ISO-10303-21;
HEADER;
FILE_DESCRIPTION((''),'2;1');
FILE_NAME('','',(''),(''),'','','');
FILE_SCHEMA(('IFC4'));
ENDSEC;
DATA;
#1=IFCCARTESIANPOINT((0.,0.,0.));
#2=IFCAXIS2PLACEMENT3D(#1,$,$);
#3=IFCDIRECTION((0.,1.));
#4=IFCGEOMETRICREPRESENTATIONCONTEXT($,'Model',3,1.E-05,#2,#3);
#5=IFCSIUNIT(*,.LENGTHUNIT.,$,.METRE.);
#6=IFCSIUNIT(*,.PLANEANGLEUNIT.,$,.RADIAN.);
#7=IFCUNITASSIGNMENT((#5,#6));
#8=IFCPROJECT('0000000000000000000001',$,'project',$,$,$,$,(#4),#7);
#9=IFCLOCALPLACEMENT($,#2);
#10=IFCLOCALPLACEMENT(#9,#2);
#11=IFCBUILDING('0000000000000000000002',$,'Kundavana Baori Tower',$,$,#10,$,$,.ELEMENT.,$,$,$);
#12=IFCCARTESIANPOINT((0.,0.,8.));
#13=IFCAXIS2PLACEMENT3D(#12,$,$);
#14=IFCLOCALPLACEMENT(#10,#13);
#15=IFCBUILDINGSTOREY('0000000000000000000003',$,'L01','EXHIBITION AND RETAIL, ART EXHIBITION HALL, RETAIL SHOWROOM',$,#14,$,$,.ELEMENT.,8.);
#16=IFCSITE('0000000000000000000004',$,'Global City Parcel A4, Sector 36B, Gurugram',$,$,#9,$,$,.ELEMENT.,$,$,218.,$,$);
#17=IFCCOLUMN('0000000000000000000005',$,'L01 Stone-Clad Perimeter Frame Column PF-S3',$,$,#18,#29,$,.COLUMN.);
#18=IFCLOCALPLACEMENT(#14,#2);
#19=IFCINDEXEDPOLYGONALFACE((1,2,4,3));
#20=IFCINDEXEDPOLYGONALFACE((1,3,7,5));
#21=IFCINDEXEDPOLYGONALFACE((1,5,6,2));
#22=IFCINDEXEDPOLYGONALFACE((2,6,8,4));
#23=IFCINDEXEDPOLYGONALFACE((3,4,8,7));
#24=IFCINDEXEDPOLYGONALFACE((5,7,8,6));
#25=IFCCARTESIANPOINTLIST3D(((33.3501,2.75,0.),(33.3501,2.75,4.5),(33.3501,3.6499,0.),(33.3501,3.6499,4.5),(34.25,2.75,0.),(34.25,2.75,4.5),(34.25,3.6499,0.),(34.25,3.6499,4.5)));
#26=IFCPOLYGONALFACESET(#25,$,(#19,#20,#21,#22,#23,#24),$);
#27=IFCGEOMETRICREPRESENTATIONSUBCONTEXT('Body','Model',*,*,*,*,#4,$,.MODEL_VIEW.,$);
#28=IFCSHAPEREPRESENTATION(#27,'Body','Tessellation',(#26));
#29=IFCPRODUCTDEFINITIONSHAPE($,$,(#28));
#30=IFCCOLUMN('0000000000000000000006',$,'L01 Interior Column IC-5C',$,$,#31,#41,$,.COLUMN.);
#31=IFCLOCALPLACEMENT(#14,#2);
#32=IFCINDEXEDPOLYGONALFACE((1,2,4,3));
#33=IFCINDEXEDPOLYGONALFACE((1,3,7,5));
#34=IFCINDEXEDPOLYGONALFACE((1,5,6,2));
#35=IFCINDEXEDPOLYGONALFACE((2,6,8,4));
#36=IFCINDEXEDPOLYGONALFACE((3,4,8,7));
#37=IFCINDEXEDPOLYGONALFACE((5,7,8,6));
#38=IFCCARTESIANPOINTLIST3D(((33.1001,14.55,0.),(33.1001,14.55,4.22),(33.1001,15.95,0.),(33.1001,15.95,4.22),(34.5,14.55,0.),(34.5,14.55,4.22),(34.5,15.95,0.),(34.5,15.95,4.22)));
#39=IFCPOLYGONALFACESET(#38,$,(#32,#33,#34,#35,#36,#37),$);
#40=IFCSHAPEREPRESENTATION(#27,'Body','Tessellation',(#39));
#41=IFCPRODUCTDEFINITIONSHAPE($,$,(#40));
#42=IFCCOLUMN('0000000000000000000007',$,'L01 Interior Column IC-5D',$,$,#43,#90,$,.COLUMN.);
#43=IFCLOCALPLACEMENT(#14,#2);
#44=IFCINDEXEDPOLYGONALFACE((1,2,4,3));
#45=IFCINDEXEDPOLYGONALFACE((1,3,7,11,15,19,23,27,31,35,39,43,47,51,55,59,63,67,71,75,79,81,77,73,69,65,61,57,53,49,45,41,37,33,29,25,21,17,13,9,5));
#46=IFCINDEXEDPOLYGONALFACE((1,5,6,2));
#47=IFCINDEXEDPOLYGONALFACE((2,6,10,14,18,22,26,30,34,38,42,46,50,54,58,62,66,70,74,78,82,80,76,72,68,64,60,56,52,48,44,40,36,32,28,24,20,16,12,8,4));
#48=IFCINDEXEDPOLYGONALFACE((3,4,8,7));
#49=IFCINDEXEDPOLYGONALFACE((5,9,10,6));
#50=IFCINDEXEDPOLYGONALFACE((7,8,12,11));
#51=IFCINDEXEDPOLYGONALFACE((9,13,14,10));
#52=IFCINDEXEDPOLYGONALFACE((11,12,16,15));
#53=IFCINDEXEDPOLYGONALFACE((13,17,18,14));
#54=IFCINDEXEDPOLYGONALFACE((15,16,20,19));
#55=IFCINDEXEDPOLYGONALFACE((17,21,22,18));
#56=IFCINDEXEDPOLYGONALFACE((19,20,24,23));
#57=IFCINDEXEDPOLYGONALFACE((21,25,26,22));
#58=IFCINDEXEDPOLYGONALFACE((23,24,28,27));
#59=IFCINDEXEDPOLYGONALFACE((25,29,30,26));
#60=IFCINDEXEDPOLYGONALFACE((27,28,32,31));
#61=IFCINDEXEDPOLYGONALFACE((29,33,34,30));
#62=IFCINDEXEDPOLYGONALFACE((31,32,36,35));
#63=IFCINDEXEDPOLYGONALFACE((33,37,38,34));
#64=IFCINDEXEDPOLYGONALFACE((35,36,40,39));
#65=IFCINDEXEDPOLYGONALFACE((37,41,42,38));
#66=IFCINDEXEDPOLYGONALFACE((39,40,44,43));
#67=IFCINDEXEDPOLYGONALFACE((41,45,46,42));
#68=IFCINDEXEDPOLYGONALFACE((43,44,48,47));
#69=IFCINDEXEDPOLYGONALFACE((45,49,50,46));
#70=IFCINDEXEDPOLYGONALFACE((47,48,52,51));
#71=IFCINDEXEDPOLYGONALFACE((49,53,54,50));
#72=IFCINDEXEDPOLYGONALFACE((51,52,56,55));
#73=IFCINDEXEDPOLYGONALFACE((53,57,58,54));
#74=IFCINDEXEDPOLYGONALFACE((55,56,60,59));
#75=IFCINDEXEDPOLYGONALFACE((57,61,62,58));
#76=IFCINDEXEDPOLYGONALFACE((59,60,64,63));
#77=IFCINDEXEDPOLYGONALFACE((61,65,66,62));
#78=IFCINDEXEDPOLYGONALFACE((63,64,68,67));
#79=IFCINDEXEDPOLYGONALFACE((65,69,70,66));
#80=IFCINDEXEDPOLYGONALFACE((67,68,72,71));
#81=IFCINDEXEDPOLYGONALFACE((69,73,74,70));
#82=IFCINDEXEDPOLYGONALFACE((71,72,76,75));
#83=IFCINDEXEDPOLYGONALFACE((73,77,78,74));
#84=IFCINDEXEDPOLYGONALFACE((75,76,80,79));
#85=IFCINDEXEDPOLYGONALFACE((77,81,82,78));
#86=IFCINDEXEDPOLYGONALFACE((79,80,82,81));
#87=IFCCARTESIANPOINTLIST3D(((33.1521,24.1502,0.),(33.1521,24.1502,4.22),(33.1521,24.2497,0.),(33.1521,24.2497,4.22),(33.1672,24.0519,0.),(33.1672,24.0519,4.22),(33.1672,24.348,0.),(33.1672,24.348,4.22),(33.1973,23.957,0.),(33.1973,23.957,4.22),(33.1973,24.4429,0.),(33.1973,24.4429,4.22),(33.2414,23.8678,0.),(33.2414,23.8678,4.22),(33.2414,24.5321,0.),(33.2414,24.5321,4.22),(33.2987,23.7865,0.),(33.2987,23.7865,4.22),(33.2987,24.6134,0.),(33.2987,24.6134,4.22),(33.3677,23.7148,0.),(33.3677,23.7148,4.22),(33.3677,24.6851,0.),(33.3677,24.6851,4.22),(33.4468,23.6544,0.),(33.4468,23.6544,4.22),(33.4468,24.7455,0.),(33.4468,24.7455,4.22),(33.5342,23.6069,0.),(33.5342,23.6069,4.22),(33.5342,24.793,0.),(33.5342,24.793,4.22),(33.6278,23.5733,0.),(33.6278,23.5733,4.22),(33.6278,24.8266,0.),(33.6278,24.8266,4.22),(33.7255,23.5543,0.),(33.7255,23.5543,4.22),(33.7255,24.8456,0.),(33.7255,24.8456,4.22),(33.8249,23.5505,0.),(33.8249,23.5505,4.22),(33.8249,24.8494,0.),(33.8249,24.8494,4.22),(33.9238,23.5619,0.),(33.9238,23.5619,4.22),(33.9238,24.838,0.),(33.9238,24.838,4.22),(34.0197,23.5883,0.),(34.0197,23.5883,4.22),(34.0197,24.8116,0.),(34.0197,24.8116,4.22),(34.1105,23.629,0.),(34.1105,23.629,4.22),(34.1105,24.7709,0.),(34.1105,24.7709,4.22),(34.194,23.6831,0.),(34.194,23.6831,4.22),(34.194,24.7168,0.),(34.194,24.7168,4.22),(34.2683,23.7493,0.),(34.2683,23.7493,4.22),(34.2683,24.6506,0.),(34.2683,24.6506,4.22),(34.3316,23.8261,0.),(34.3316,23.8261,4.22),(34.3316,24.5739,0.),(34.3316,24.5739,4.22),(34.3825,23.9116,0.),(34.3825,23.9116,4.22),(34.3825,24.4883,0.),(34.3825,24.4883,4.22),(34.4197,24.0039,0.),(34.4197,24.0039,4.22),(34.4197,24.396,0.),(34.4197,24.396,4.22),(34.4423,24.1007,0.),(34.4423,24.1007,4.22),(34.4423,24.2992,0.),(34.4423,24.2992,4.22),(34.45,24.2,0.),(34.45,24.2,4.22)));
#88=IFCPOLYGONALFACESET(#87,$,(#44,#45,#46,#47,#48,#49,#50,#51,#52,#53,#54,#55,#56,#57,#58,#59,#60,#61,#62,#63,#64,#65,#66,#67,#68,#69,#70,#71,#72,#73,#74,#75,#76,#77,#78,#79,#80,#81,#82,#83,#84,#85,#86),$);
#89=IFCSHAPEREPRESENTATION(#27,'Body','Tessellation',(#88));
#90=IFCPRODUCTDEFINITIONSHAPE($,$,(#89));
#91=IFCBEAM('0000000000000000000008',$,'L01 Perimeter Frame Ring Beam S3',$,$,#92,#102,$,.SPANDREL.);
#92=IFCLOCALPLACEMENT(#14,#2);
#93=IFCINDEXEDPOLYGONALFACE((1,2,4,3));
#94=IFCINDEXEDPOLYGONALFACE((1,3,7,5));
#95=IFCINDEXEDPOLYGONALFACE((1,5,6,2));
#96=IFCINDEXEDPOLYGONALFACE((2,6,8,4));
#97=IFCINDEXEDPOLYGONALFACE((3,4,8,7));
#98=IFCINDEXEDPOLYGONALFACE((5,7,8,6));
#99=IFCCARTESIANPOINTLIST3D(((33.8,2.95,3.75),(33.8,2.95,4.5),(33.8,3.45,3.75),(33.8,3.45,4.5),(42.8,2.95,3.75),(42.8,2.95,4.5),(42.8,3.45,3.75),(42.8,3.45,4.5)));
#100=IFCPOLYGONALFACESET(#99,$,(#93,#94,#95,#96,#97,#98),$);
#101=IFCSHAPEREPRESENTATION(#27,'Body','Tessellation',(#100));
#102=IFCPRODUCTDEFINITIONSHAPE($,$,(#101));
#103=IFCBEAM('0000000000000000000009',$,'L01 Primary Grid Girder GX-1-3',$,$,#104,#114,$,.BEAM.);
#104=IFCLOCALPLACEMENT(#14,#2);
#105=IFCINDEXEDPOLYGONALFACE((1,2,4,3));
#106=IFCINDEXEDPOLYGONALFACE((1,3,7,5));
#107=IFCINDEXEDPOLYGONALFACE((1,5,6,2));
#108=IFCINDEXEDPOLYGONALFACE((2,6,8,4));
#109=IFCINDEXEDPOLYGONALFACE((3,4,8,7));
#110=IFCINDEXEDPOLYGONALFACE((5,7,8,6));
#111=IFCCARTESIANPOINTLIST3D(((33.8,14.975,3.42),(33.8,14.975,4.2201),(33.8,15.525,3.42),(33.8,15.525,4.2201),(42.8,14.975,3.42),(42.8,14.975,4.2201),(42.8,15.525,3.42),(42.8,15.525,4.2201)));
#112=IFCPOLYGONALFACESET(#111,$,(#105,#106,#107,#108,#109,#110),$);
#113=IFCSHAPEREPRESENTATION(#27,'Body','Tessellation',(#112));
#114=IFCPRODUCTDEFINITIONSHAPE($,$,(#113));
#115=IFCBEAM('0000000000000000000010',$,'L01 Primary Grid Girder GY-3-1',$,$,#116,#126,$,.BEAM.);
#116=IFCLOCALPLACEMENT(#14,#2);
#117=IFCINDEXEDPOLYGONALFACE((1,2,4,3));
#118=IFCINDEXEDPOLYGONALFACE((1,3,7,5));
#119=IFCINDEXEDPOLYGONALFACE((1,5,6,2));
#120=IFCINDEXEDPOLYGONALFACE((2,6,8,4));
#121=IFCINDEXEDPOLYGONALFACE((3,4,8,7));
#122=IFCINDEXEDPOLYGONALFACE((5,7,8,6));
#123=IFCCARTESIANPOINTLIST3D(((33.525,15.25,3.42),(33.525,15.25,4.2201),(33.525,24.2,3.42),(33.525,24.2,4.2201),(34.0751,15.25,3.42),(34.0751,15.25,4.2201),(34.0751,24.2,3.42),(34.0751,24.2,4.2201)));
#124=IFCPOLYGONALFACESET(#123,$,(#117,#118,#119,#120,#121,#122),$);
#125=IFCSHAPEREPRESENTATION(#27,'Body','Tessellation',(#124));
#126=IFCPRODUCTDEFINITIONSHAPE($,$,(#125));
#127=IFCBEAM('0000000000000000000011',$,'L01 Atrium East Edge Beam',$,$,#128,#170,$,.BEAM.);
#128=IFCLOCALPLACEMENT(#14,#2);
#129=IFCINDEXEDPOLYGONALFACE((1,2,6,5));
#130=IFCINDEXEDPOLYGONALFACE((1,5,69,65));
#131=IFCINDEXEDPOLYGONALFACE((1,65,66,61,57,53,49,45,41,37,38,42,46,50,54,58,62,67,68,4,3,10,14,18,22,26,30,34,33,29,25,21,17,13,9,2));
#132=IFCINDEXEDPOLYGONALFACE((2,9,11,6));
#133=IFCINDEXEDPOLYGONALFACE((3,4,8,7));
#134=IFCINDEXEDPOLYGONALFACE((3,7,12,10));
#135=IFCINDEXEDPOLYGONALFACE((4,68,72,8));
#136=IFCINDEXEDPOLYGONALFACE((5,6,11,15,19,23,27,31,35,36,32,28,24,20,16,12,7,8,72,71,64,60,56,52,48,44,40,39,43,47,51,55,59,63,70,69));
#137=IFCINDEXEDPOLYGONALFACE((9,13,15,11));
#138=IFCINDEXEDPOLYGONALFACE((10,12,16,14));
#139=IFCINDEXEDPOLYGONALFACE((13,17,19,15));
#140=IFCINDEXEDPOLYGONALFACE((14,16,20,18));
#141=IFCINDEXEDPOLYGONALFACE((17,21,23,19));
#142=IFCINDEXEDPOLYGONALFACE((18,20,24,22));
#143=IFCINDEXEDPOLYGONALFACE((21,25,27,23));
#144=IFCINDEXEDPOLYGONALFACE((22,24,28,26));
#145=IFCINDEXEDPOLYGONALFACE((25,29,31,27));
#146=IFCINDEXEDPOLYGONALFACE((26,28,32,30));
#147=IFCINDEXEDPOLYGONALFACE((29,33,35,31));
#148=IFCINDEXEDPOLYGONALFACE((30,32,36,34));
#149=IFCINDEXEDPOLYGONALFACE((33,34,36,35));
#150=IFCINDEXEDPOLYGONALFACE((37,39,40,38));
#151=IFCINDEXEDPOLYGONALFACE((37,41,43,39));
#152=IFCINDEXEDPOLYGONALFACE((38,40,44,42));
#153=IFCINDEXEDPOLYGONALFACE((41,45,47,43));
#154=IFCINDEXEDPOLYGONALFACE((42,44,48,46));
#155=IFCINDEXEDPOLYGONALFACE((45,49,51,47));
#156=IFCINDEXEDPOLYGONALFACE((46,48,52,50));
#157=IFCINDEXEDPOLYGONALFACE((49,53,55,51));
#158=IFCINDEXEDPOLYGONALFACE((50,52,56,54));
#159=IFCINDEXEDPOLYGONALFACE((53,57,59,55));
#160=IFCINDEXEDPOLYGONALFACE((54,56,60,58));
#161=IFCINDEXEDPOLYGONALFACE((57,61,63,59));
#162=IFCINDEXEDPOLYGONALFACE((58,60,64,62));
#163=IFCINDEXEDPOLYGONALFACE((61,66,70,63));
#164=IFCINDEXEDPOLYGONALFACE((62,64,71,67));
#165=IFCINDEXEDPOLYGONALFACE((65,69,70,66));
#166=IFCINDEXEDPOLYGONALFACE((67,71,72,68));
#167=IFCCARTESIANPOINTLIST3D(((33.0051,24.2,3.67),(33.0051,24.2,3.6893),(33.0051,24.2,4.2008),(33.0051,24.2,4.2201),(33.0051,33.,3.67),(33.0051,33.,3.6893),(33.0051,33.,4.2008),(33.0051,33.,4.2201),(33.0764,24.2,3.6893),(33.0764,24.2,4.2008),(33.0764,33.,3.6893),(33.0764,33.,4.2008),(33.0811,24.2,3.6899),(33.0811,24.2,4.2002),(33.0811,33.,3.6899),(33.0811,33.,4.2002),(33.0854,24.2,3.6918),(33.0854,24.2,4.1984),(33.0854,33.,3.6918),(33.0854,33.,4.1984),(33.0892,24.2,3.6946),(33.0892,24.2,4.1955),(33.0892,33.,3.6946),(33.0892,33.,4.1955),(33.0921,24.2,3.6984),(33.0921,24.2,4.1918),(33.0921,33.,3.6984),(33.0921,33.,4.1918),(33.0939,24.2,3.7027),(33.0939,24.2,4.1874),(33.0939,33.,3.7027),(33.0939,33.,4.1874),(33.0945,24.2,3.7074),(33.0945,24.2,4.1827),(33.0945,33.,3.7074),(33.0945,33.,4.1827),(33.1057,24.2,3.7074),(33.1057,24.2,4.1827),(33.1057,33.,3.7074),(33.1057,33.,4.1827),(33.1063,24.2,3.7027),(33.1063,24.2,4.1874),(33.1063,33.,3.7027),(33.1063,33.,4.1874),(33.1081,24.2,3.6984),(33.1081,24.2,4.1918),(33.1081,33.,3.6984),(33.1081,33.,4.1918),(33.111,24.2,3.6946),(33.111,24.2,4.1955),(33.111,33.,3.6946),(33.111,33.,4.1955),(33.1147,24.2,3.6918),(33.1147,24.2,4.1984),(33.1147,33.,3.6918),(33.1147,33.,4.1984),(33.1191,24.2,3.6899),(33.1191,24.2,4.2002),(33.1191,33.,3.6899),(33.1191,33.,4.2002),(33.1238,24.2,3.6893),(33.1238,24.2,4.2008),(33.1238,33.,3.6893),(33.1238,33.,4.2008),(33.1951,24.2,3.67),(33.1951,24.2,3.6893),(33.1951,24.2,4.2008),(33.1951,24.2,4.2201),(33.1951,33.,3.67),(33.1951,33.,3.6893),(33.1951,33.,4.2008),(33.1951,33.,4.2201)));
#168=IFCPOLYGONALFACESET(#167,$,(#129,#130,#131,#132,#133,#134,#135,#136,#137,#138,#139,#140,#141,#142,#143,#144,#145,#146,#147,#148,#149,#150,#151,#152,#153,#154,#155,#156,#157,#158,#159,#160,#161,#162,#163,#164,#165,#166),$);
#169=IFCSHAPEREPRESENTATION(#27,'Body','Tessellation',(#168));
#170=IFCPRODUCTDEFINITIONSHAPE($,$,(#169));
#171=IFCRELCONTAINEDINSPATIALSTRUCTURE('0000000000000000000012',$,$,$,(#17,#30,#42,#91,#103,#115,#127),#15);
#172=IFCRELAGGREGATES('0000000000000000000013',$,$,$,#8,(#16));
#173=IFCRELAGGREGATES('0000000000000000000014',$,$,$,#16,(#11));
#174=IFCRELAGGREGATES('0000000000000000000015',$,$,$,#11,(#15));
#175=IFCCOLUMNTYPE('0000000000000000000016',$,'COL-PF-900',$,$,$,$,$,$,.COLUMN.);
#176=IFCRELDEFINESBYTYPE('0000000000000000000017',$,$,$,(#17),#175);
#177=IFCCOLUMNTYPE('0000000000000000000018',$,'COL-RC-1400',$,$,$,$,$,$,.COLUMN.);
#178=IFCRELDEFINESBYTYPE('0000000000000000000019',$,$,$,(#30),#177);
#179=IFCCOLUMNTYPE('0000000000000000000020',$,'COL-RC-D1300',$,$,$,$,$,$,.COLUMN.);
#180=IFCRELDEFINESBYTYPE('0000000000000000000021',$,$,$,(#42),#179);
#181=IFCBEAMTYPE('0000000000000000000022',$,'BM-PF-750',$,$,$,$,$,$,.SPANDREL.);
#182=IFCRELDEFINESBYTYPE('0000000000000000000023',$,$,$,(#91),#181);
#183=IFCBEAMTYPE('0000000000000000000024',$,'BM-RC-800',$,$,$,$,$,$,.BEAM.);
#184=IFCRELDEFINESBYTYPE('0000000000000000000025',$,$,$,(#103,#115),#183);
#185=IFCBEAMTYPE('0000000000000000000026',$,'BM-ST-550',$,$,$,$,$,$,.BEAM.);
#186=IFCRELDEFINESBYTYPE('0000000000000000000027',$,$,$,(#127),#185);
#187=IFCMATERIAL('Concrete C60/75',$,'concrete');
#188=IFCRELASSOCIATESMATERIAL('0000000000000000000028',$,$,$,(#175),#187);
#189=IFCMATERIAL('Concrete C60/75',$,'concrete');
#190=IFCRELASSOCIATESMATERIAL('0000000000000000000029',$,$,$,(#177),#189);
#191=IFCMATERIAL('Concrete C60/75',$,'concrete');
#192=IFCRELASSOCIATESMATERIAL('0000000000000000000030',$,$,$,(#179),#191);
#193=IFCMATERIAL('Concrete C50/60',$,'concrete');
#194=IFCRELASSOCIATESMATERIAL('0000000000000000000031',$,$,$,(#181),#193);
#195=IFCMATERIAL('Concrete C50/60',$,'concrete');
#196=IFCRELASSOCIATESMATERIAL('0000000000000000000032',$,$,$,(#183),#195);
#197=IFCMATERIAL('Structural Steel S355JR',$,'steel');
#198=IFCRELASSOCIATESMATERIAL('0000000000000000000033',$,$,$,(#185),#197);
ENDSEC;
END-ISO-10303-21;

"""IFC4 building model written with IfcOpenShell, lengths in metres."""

from ifc_helpers import new_model, si_unit, direction, frame, origin, origin_2d, place, context, subcontext, project, spatial, rectangle, circle, i_section, extrude, material, material_profile, profile_set, type_object, element, save


model = new_model("IFC4")

# Units and contexts
model_context = context("Model", 3, precision=1e-05, world=origin(), true_north=direction((0.0, 1.0)))
body_context = subcontext(model_context, "Body", "Model", "MODEL_VIEW")
ifc_project = project(units=[si_unit("LENGTHUNIT", "METRE"), si_unit("PLANEANGLEUNIT", "RADIAN")], contexts=[model_context])

# Site, building, storey
site_placement = place(None, origin())
site = spatial("IfcSite", under=ifc_project, at=site_placement, Name="Global City Parcel A4, Sector 36B, Gurugram", CompositionType="ELEMENT", RefElevation=218.0)
building_placement = place(site_placement, origin())
building = spatial("IfcBuilding", under=site, at=building_placement, Name="Kundavana Baori Tower", CompositionType="ELEMENT")
storey_placement = place(building_placement, frame((0.0, 0.0, 8.0)))
storey = spatial("IfcBuildingStorey", under=building, at=storey_placement, Name="L01", Description="EXHIBITION AND RETAIL, ART EXHIBITION HALL, RETAIL SHOWROOM", CompositionType="ELEMENT", Elevation=8.0)

# Columns
ifc_material_1 = material(Name="Concrete C60/75", Category="concrete")
ifc_material_profile_1 = material_profile(ifc_material_1, rectangle(XDim=0.8999, YDim=0.8999, at=origin_2d()), Name="RC PF 900x900")
ifc_profile_set_1 = profile_set([ifc_material_profile_1], Name="Concrete C60/75")
column_type_1 = type_object("IfcColumnType", Name="COL-PF-900", PredefinedType="COLUMN", material=ifc_profile_set_1)
column_1_placement = place(storey_placement, frame((33.8, 3.2, 0.0), z_axis=(0.0, 0.0, 1.0), x_axis=(1.0, 0.0, 0.0)))
element("IfcColumn", 1, at=column_1_placement, inside=storey, type_object=column_type_1, Name="L01 Stone-Clad Perimeter Frame Column PF-S3", PredefinedType="COLUMN", context=body_context, shape_type="SweptSolid", body=[
    extrude(rectangle(XDim=0.8999, YDim=0.8999, at=origin_2d()), origin(), (0.0, 0.0, 1.0), 4.5),
])
ifc_material_2 = material(Name="Concrete C60/75", Category="concrete")
ifc_material_profile_2 = material_profile(ifc_material_2, rectangle(XDim=1.3999, YDim=1.3999, at=origin_2d()), Name="RC 1400x1400")
ifc_profile_set_2 = profile_set([ifc_material_profile_2], Name="Concrete C60/75")
column_type_2 = type_object("IfcColumnType", Name="COL-RC-1400", PredefinedType="COLUMN", material=ifc_profile_set_2)
column_2_placement = place(storey_placement, frame((33.8, 15.25, 0.0), z_axis=(0.0, 0.0, 1.0), x_axis=(1.0, 0.0, 0.0)))
element("IfcColumn", 2, at=column_2_placement, inside=storey, type_object=column_type_2, Name="L01 Interior Column IC-5C", PredefinedType="COLUMN", context=body_context, shape_type="SweptSolid", body=[
    extrude(rectangle(XDim=1.3999, YDim=1.3999, at=origin_2d()), origin(), (0.0, 0.0, 1.0), 4.22),
])
ifc_material_3 = material(Name="Concrete C60/75", Category="concrete")
ifc_material_profile_3 = material_profile(ifc_material_3, circle(Radius=0.6499, at=origin_2d()), Name="RC D1300")
ifc_profile_set_3 = profile_set([ifc_material_profile_3], Name="Concrete C60/75")
column_type_3 = type_object("IfcColumnType", Name="COL-RC-D1300", PredefinedType="COLUMN", material=ifc_profile_set_3)
column_3_placement = place(storey_placement, frame((33.8, 24.2, 0.0), z_axis=(0.0, 0.0, 1.0), x_axis=(1.0, 0.0, 0.0)))
element("IfcColumn", 3, at=column_3_placement, inside=storey, type_object=column_type_3, Name="L01 Interior Column IC-5D", PredefinedType="COLUMN", context=body_context, shape_type="SweptSolid", body=[
    extrude(circle(Radius=0.6499, at=origin_2d()), origin(), (0.0, 0.0, 1.0), 4.22),
])

# Beams
ifc_material_4 = material(Name="Concrete C50/60", Category="concrete")
ifc_material_profile_4 = material_profile(ifc_material_4, rectangle(XDim=0.5, YDim=0.75, at=origin_2d()), Name="RC BM 500x750")
ifc_profile_set_4 = profile_set([ifc_material_profile_4], Name="Concrete C50/60")
beam_type_1 = type_object("IfcBeamType", Name="BM-PF-750", PredefinedType="SPANDREL", material=ifc_profile_set_4)
beam_1_placement = place(storey_placement, frame((33.8, 3.2, 4.125), z_axis=(1.0, 0.0, 0.0), x_axis=(0.0, 1.0, 0.0)))
element("IfcBeam", 4, at=beam_1_placement, inside=storey, type_object=beam_type_1, Name="L01 Perimeter Frame Ring Beam S3", PredefinedType="SPANDREL", context=body_context, shape_type="SweptSolid", body=[
    extrude(rectangle(XDim=0.5, YDim=0.75, at=origin_2d()), origin(), (0.0, 0.0, 1.0), 9.0),
])
ifc_material_5 = material(Name="Concrete C50/60", Category="concrete")
ifc_material_profile_5 = material_profile(ifc_material_5, rectangle(XDim=0.55, YDim=0.8, at=origin_2d()), Name="RC BM 550x800")
ifc_profile_set_5 = profile_set([ifc_material_profile_5], Name="Concrete C50/60")
beam_type_2 = type_object("IfcBeamType", Name="BM-RC-800", PredefinedType="BEAM", material=ifc_profile_set_5)
beam_2_placement = place(storey_placement, frame((33.8, 15.25, 3.8201), z_axis=(1.0, 0.0, 0.0), x_axis=(0.0, 1.0, 0.0)))
element("IfcBeam", 5, at=beam_2_placement, inside=storey, type_object=beam_type_2, Name="L01 Primary Grid Girder GX-1-3", PredefinedType="BEAM", context=body_context, shape_type="SweptSolid", body=[
    extrude(rectangle(XDim=0.55, YDim=0.8, at=origin_2d()), origin(), (0.0, 0.0, 1.0), 9.0),
])
beam_3_placement = place(storey_placement, frame((33.8, 15.25, 3.8201), z_axis=(0.0, 1.0, 0.0), x_axis=(-1.0, 0.0, 0.0)))
element("IfcBeam", 6, at=beam_3_placement, inside=storey, type_object=beam_type_2, Name="L01 Primary Grid Girder GY-3-1", PredefinedType="BEAM", context=body_context, shape_type="SweptSolid", body=[
    extrude(rectangle(XDim=0.55, YDim=0.8, at=origin_2d()), origin(), (0.0, 0.0, 1.0), 8.95),
])
ifc_material_6 = material(Name="Structural Steel S355JR", Category="steel")
ifc_material_profile_6 = material_profile(ifc_material_6, i_section(OverallWidth=0.1899, OverallDepth=0.55, WebThickness=0.0112, FlangeThickness=0.0193, FilletRadius=0.0181, at=origin_2d()), Name="ISMB 550")
ifc_profile_set_6 = profile_set([ifc_material_profile_6], Name="Structural Steel S355JR")
beam_type_3 = type_object("IfcBeamType", Name="BM-ST-550", PredefinedType="BEAM", material=ifc_profile_set_6)
beam_4_placement = place(storey_placement, frame((33.1001, 24.2, 3.9451), z_axis=(0.0, 1.0, 0.0), x_axis=(-1.0, 0.0, 0.0)))
element("IfcBeam", 7, at=beam_4_placement, inside=storey, type_object=beam_type_3, Name="L01 Atrium East Edge Beam", PredefinedType="BEAM", context=body_context, shape_type="SweptSolid", body=[
    extrude(i_section(OverallWidth=0.1899, OverallDepth=0.55, WebThickness=0.0112, FlangeThickness=0.0193, FilletRadius=0.0181, at=origin_2d()), origin(), (0.0, 0.0, 1.0), 8.8),
])

save(model, "model.ifc")
